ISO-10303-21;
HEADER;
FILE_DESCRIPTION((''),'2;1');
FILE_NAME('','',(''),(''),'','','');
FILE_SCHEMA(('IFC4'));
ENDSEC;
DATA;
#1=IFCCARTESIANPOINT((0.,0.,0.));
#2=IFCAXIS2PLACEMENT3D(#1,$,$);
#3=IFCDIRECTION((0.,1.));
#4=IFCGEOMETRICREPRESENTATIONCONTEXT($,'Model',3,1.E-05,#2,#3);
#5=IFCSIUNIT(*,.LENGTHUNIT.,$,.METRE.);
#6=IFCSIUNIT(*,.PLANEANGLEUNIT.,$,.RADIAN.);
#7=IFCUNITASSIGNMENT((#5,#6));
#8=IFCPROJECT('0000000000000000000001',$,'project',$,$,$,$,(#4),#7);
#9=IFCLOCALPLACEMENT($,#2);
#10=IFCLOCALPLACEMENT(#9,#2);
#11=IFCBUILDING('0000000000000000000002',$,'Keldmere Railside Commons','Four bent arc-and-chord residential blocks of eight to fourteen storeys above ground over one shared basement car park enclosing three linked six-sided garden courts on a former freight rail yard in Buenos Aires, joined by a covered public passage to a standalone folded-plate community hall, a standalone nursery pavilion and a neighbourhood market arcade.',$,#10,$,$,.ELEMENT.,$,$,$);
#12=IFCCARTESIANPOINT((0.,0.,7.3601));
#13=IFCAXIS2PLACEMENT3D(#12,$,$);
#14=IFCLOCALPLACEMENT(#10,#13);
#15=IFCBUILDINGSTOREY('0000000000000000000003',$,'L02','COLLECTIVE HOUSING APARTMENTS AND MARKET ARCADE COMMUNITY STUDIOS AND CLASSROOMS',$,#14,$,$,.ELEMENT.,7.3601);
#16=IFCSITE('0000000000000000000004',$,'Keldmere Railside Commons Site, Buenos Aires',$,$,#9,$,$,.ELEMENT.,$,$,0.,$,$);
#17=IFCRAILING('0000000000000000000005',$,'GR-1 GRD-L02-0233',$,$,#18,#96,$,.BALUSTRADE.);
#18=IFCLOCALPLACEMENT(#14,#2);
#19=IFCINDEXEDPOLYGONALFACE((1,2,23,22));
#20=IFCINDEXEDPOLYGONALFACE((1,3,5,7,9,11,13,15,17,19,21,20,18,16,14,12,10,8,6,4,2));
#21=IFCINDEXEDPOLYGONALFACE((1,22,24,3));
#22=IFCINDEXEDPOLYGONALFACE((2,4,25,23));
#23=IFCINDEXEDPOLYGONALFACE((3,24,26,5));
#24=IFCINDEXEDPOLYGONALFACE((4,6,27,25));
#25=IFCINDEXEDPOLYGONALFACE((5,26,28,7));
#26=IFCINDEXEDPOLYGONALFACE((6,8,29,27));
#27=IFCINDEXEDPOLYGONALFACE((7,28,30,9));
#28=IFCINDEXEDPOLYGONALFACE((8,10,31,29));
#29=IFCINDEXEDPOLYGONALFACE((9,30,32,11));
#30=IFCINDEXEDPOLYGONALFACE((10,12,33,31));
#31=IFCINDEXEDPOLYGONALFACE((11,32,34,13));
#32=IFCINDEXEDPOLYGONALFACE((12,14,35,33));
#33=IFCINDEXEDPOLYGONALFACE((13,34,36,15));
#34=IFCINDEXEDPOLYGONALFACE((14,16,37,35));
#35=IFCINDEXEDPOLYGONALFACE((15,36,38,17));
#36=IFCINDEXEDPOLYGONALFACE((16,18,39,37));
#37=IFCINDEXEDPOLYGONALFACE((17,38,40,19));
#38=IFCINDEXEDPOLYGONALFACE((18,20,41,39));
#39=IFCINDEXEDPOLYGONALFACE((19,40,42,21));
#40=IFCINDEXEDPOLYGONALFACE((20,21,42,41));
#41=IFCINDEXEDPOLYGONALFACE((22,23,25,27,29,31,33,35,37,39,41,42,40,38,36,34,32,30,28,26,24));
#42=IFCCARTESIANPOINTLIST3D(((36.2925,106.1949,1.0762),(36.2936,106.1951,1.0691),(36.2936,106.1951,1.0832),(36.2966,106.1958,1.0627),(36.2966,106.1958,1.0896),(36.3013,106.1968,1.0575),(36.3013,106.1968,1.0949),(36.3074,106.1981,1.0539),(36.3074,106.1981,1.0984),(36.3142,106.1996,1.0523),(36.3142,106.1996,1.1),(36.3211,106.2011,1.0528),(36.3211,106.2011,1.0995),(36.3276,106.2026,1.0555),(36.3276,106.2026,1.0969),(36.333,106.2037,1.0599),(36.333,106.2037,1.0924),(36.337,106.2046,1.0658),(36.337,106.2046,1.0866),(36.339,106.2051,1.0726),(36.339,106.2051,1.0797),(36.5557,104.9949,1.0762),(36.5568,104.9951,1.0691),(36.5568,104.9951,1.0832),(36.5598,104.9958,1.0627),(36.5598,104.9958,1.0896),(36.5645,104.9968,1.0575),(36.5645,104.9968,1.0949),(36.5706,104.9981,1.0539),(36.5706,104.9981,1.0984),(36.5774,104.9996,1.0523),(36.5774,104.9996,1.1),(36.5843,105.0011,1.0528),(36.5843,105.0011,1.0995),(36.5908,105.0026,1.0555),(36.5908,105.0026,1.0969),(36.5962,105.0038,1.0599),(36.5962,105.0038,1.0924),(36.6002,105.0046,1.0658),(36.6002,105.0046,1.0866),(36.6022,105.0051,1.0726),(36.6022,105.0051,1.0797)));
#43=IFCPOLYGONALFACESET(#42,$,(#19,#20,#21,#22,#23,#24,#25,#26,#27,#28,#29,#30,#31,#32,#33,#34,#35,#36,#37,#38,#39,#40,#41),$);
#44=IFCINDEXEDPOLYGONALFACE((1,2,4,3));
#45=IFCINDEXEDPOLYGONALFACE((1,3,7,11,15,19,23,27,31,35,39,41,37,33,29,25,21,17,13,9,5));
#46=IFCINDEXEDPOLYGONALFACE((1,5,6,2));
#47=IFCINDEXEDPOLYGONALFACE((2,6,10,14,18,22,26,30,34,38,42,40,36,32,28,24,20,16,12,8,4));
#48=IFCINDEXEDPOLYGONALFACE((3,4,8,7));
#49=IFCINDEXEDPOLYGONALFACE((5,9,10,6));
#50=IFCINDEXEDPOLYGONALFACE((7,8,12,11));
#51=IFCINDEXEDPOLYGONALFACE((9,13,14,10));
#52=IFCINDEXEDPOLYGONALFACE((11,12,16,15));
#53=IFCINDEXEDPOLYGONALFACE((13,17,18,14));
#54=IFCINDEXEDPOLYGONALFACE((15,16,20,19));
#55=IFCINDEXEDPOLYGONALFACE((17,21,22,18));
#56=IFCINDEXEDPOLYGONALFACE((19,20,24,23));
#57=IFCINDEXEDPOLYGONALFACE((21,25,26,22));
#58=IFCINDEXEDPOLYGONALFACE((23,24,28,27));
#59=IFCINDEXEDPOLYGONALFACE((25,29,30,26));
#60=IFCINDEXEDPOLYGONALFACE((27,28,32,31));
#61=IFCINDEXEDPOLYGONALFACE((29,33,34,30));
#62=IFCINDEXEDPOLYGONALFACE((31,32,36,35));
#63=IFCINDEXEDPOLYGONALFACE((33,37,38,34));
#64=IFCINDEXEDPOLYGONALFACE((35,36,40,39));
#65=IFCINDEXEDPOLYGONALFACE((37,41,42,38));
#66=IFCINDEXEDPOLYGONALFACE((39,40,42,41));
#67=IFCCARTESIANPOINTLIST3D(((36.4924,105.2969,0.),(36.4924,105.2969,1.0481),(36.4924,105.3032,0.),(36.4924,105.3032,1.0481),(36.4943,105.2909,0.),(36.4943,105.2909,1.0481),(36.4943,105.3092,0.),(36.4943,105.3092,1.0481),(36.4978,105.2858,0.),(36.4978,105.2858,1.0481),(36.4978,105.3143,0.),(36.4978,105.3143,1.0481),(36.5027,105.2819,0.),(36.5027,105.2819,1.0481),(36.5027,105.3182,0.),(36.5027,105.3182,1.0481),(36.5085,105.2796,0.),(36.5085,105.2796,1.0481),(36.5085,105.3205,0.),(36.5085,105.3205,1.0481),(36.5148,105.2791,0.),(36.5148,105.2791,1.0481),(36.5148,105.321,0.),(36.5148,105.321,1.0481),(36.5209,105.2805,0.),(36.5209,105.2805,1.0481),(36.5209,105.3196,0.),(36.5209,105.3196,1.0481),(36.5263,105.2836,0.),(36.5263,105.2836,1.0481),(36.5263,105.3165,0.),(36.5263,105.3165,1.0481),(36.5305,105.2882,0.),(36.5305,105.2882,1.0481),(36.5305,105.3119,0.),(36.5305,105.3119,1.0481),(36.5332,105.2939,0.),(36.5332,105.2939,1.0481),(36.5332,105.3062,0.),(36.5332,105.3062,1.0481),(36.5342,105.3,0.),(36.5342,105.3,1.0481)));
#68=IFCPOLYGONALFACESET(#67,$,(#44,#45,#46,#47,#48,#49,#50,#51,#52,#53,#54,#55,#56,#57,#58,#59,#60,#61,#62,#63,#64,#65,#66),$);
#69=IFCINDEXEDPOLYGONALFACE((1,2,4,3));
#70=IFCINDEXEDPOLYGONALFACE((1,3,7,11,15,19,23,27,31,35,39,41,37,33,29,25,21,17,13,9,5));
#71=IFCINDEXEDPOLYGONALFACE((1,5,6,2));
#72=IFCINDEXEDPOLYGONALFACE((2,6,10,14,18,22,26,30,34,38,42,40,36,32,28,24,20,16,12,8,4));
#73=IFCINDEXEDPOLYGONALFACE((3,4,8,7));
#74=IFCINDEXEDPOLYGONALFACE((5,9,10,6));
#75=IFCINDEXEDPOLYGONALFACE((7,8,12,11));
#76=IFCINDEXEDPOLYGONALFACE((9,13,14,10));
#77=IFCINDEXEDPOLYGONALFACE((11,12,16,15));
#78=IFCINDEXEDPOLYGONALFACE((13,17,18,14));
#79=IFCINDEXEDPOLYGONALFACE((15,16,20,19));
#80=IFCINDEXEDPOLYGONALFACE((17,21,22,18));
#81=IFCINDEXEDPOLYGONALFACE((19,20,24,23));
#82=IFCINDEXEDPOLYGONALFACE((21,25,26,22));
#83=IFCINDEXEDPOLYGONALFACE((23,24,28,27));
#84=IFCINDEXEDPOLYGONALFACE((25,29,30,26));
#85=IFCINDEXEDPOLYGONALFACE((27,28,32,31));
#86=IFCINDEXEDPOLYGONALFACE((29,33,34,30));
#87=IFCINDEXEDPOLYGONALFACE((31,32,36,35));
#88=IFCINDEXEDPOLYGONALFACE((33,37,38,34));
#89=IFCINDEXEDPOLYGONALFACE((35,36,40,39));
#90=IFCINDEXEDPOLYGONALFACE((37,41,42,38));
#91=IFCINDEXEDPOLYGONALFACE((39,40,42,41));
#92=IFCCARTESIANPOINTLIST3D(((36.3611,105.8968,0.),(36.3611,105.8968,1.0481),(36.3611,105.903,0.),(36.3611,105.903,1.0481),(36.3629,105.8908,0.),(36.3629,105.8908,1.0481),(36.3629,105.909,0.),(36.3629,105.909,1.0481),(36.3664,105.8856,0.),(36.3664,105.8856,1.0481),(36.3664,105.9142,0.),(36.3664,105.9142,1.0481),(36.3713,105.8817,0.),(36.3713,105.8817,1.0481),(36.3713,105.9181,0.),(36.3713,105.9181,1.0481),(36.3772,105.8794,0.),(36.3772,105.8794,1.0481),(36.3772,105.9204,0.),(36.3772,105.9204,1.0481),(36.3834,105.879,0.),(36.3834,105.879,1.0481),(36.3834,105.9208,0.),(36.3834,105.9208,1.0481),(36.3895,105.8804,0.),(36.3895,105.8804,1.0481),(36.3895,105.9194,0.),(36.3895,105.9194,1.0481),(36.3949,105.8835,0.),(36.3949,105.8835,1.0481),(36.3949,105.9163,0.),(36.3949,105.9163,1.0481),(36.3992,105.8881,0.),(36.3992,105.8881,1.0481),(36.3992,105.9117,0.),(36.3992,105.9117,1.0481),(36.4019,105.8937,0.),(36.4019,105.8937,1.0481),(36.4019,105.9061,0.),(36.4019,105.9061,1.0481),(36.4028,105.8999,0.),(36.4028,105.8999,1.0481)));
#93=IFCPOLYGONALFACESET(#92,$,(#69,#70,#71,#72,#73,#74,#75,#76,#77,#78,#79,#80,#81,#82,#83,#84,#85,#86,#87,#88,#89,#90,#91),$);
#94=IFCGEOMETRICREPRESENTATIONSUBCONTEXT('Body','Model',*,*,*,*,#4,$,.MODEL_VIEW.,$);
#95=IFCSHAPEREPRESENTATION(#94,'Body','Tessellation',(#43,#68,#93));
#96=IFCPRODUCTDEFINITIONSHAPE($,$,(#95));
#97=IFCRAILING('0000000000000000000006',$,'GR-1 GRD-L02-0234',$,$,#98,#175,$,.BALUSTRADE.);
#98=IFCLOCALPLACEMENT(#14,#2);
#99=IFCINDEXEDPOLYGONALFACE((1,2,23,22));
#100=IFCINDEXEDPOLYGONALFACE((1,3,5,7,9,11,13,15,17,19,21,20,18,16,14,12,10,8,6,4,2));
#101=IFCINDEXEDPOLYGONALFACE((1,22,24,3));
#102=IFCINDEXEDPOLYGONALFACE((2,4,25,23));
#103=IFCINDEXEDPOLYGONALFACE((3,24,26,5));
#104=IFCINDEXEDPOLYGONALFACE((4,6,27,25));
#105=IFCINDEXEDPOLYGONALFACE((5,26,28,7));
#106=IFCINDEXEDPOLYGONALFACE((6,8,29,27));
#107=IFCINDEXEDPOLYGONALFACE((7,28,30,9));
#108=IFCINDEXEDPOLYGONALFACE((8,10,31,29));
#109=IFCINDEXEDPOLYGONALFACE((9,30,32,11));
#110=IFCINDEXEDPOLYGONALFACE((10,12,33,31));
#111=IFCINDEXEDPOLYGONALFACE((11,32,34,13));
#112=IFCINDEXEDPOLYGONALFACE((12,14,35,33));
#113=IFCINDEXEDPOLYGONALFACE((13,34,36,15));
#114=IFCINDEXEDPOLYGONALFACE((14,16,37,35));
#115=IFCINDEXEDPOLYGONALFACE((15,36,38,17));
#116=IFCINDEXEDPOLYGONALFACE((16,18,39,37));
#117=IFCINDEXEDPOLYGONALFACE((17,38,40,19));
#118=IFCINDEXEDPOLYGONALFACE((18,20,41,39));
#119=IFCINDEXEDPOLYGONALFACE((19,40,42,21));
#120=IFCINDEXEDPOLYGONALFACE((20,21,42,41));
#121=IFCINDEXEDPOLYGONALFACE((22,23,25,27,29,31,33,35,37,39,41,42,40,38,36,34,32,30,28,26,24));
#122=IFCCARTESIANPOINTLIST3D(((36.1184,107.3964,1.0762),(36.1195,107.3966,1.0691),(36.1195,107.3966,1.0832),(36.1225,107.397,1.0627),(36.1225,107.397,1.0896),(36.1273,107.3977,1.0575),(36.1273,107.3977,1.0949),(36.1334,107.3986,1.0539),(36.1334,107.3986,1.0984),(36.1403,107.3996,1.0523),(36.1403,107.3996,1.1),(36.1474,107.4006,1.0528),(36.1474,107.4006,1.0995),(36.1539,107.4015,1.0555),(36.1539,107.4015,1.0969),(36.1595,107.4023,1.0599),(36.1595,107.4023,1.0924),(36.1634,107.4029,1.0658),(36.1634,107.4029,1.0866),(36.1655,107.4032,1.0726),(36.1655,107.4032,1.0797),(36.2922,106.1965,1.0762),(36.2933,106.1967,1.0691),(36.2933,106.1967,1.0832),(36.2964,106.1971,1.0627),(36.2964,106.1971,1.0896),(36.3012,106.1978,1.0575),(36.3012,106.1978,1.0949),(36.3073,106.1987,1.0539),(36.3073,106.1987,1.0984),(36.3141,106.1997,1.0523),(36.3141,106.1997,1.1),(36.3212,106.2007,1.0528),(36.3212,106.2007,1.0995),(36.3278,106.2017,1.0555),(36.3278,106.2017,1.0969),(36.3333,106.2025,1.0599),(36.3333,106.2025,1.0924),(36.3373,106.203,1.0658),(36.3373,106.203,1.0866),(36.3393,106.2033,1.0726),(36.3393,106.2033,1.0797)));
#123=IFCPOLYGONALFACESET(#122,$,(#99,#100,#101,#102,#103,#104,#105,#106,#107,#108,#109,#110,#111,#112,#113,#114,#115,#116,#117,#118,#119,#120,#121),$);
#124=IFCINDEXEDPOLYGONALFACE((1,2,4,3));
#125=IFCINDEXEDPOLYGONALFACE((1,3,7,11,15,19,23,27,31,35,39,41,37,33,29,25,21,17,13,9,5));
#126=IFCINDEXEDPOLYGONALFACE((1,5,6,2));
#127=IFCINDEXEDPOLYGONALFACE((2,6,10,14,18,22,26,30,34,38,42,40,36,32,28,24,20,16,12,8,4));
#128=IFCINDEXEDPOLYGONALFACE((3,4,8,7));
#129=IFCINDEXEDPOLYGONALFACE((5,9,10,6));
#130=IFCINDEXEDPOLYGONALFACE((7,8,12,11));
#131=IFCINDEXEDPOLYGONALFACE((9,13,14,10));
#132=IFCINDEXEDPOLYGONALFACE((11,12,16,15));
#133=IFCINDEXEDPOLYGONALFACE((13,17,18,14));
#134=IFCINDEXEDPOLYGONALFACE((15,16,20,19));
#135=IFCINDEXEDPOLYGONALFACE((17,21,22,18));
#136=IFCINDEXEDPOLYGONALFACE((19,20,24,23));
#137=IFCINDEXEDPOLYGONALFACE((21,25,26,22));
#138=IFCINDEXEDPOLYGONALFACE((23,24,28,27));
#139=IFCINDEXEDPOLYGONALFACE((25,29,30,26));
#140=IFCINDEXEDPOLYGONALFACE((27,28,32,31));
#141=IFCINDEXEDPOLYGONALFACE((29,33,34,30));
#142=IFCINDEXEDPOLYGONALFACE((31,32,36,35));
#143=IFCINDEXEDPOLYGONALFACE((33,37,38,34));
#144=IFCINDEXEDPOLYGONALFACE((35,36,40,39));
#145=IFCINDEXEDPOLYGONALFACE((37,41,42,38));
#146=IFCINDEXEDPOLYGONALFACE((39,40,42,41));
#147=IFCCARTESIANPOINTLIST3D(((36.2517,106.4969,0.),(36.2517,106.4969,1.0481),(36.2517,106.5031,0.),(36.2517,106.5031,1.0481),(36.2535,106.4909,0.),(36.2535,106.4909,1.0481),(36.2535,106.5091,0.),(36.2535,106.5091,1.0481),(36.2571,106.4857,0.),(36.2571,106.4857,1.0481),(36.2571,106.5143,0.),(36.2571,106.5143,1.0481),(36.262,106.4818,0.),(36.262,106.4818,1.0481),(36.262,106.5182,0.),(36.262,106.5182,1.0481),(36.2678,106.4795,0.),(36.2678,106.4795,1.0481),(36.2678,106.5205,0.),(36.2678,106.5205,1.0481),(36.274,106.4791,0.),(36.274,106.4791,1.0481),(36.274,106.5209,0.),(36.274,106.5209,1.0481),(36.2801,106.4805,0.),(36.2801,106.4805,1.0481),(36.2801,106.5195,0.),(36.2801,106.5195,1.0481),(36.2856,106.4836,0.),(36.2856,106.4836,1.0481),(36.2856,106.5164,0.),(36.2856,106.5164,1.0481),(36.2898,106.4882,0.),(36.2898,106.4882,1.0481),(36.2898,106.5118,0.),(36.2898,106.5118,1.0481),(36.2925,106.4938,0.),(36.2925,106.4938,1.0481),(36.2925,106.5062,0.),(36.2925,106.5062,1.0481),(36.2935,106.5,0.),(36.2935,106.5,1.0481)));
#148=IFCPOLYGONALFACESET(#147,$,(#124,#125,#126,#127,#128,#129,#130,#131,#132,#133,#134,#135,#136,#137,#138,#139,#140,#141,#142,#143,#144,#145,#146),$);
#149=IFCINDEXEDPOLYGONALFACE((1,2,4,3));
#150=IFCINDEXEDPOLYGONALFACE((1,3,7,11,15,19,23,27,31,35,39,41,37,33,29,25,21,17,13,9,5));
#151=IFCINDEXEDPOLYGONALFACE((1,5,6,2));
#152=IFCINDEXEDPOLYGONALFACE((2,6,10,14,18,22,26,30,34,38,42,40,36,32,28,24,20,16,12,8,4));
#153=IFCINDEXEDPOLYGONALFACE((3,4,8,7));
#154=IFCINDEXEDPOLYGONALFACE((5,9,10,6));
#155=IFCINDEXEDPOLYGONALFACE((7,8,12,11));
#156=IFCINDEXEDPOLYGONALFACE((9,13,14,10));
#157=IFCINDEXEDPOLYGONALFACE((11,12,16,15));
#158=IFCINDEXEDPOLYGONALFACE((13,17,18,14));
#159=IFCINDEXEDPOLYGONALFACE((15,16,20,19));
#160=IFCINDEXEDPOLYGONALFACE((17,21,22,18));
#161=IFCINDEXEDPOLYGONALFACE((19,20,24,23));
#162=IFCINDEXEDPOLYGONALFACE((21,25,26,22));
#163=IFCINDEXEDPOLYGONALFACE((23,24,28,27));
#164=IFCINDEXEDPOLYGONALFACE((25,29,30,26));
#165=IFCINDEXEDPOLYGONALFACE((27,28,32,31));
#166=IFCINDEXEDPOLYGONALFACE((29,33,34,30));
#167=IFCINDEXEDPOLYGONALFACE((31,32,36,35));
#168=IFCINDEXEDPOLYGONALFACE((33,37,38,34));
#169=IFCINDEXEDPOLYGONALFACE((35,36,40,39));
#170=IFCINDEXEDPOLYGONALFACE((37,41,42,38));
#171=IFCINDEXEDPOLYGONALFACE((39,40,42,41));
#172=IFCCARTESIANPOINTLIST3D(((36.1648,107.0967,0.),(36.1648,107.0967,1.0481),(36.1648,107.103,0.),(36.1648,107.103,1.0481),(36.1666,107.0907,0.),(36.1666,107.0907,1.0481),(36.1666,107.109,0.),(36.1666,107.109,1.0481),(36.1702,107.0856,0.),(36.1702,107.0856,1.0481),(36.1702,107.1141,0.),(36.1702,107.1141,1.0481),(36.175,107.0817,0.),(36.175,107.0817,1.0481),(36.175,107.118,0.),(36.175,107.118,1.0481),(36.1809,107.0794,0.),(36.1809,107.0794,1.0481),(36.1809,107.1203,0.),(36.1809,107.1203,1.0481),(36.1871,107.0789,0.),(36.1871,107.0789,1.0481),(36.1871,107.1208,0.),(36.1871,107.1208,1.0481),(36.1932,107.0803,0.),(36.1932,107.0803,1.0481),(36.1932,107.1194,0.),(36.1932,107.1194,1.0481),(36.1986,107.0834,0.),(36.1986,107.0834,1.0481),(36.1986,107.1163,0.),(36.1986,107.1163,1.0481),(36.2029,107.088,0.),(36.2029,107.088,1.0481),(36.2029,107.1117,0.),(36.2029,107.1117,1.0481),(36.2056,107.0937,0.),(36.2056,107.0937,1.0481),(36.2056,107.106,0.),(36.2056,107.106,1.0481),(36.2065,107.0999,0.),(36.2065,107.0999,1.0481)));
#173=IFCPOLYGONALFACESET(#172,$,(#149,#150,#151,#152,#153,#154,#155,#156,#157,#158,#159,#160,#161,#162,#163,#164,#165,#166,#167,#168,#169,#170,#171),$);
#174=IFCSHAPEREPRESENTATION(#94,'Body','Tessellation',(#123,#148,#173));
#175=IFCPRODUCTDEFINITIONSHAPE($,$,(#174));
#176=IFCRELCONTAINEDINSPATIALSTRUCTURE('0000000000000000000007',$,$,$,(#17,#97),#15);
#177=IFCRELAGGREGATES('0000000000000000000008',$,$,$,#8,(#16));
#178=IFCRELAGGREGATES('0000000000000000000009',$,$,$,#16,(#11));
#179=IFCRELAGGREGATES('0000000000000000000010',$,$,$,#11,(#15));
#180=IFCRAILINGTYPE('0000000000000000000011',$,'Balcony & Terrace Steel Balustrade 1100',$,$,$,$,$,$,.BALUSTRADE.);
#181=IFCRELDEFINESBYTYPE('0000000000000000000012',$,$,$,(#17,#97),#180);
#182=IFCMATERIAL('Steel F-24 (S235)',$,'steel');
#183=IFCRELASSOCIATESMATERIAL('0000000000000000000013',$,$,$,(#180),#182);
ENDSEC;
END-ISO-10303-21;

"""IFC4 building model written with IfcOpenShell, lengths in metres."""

from ifc_helpers import new_model, si_unit, direction, frame, origin, origin_2d, place, context, subcontext, project, spatial, circle, extrude, material, type_object, element, save


model = new_model("IFC4")

# Units and contexts
model_context = context("Model", 3, precision=1e-05, world=origin(), true_north=direction((0.0, 1.0)))
body_context = subcontext(model_context, "Body", "Model", "MODEL_VIEW")
ifc_project = project(units=[si_unit("LENGTHUNIT", "METRE"), si_unit("PLANEANGLEUNIT", "RADIAN")], contexts=[model_context])

# Site, building, storey
site_placement = place(None, origin())
site = spatial("IfcSite", under=ifc_project, at=site_placement, Name="Keldmere Railside Commons Site, Buenos Aires", CompositionType="ELEMENT", RefElevation=0.0)
building_placement = place(site_placement, origin())
building = spatial("IfcBuilding", under=site, at=building_placement, Name="Keldmere Railside Commons", Description="Four bent arc-and-chord residential blocks of eight to fourteen storeys above ground over one shared basement car park enclosing three linked six-sided garden courts on a former freight rail yard in Buenos Aires, joined by a covered public passage to a standalone folded-plate community hall, a standalone nursery pavilion and a neighbourhood market arcade.", CompositionType="ELEMENT")
storey_placement = place(building_placement, frame((0.0, 0.0, 7.3601)))
storey = spatial("IfcBuildingStorey", under=building, at=storey_placement, Name="L02", Description="COLLECTIVE HOUSING APARTMENTS AND MARKET ARCADE COMMUNITY STUDIOS AND CLASSROOMS", CompositionType="ELEMENT", Elevation=7.3601)

# Shared definitions
ifc_material_1 = material(Name="Steel F-24 (S235)", Category="steel")

# Railings
railing_type_1 = type_object("IfcRailingType", Name="Balcony & Terrace Steel Balustrade 1100", PredefinedType="BALUSTRADE", material=ifc_material_1)
railing_1_placement = place(storey_placement, frame((36.5791, 105.0, 0.0)))
element("IfcRailing", 1, at=railing_1_placement, inside=storey, type_object=railing_type_1, Name="GR-1 GRD-L02-0233", PredefinedType="BALUSTRADE", context=body_context, shape_type="SweptSolid", body=[
    extrude(circle(Radius=0.0239, at=origin_2d()), frame((0.0, 0.0, 1.0762), z_axis=(-0.214236, 0.976782, 0.0), x_axis=(-0.976782, -0.214236, 0.0)), (0.0, 0.0, 1.0), 1.2285),
    extrude(circle(Radius=0.021, at=origin_2d()), frame((-0.0659, 0.3, 0.0)), (0.0, 0.0, 1.0), 1.0481),
    extrude(circle(Radius=0.021, at=origin_2d()), frame((-0.1973, 0.8999, 0.0)), (0.0, 0.0, 1.0), 1.0481),
])
railing_2_placement = place(storey_placement, frame((36.3159, 106.2, 0.0)))
element("IfcRailing", 2, at=railing_2_placement, inside=storey, type_object=railing_type_1, Name="GR-1 GRD-L02-0234", PredefinedType="BALUSTRADE", context=body_context, shape_type="SweptSolid", body=[
    extrude(circle(Radius=0.0239, at=origin_2d()), frame((0.0, 0.0, 1.0762), z_axis=(-0.143366, 0.98967, 0.0), x_axis=(-0.98967, -0.143366, 0.0)), (0.0, 0.0, 1.0), 1.2124),
    extrude(circle(Radius=0.021, at=origin_2d()), frame((-0.0435, 0.3, 0.0)), (0.0, 0.0, 1.0), 1.0481),
    extrude(circle(Radius=0.021, at=origin_2d()), frame((-0.1304, 0.8999, 0.0)), (0.0, 0.0, 1.0), 1.0481),
])

save(model, "model.ifc")
